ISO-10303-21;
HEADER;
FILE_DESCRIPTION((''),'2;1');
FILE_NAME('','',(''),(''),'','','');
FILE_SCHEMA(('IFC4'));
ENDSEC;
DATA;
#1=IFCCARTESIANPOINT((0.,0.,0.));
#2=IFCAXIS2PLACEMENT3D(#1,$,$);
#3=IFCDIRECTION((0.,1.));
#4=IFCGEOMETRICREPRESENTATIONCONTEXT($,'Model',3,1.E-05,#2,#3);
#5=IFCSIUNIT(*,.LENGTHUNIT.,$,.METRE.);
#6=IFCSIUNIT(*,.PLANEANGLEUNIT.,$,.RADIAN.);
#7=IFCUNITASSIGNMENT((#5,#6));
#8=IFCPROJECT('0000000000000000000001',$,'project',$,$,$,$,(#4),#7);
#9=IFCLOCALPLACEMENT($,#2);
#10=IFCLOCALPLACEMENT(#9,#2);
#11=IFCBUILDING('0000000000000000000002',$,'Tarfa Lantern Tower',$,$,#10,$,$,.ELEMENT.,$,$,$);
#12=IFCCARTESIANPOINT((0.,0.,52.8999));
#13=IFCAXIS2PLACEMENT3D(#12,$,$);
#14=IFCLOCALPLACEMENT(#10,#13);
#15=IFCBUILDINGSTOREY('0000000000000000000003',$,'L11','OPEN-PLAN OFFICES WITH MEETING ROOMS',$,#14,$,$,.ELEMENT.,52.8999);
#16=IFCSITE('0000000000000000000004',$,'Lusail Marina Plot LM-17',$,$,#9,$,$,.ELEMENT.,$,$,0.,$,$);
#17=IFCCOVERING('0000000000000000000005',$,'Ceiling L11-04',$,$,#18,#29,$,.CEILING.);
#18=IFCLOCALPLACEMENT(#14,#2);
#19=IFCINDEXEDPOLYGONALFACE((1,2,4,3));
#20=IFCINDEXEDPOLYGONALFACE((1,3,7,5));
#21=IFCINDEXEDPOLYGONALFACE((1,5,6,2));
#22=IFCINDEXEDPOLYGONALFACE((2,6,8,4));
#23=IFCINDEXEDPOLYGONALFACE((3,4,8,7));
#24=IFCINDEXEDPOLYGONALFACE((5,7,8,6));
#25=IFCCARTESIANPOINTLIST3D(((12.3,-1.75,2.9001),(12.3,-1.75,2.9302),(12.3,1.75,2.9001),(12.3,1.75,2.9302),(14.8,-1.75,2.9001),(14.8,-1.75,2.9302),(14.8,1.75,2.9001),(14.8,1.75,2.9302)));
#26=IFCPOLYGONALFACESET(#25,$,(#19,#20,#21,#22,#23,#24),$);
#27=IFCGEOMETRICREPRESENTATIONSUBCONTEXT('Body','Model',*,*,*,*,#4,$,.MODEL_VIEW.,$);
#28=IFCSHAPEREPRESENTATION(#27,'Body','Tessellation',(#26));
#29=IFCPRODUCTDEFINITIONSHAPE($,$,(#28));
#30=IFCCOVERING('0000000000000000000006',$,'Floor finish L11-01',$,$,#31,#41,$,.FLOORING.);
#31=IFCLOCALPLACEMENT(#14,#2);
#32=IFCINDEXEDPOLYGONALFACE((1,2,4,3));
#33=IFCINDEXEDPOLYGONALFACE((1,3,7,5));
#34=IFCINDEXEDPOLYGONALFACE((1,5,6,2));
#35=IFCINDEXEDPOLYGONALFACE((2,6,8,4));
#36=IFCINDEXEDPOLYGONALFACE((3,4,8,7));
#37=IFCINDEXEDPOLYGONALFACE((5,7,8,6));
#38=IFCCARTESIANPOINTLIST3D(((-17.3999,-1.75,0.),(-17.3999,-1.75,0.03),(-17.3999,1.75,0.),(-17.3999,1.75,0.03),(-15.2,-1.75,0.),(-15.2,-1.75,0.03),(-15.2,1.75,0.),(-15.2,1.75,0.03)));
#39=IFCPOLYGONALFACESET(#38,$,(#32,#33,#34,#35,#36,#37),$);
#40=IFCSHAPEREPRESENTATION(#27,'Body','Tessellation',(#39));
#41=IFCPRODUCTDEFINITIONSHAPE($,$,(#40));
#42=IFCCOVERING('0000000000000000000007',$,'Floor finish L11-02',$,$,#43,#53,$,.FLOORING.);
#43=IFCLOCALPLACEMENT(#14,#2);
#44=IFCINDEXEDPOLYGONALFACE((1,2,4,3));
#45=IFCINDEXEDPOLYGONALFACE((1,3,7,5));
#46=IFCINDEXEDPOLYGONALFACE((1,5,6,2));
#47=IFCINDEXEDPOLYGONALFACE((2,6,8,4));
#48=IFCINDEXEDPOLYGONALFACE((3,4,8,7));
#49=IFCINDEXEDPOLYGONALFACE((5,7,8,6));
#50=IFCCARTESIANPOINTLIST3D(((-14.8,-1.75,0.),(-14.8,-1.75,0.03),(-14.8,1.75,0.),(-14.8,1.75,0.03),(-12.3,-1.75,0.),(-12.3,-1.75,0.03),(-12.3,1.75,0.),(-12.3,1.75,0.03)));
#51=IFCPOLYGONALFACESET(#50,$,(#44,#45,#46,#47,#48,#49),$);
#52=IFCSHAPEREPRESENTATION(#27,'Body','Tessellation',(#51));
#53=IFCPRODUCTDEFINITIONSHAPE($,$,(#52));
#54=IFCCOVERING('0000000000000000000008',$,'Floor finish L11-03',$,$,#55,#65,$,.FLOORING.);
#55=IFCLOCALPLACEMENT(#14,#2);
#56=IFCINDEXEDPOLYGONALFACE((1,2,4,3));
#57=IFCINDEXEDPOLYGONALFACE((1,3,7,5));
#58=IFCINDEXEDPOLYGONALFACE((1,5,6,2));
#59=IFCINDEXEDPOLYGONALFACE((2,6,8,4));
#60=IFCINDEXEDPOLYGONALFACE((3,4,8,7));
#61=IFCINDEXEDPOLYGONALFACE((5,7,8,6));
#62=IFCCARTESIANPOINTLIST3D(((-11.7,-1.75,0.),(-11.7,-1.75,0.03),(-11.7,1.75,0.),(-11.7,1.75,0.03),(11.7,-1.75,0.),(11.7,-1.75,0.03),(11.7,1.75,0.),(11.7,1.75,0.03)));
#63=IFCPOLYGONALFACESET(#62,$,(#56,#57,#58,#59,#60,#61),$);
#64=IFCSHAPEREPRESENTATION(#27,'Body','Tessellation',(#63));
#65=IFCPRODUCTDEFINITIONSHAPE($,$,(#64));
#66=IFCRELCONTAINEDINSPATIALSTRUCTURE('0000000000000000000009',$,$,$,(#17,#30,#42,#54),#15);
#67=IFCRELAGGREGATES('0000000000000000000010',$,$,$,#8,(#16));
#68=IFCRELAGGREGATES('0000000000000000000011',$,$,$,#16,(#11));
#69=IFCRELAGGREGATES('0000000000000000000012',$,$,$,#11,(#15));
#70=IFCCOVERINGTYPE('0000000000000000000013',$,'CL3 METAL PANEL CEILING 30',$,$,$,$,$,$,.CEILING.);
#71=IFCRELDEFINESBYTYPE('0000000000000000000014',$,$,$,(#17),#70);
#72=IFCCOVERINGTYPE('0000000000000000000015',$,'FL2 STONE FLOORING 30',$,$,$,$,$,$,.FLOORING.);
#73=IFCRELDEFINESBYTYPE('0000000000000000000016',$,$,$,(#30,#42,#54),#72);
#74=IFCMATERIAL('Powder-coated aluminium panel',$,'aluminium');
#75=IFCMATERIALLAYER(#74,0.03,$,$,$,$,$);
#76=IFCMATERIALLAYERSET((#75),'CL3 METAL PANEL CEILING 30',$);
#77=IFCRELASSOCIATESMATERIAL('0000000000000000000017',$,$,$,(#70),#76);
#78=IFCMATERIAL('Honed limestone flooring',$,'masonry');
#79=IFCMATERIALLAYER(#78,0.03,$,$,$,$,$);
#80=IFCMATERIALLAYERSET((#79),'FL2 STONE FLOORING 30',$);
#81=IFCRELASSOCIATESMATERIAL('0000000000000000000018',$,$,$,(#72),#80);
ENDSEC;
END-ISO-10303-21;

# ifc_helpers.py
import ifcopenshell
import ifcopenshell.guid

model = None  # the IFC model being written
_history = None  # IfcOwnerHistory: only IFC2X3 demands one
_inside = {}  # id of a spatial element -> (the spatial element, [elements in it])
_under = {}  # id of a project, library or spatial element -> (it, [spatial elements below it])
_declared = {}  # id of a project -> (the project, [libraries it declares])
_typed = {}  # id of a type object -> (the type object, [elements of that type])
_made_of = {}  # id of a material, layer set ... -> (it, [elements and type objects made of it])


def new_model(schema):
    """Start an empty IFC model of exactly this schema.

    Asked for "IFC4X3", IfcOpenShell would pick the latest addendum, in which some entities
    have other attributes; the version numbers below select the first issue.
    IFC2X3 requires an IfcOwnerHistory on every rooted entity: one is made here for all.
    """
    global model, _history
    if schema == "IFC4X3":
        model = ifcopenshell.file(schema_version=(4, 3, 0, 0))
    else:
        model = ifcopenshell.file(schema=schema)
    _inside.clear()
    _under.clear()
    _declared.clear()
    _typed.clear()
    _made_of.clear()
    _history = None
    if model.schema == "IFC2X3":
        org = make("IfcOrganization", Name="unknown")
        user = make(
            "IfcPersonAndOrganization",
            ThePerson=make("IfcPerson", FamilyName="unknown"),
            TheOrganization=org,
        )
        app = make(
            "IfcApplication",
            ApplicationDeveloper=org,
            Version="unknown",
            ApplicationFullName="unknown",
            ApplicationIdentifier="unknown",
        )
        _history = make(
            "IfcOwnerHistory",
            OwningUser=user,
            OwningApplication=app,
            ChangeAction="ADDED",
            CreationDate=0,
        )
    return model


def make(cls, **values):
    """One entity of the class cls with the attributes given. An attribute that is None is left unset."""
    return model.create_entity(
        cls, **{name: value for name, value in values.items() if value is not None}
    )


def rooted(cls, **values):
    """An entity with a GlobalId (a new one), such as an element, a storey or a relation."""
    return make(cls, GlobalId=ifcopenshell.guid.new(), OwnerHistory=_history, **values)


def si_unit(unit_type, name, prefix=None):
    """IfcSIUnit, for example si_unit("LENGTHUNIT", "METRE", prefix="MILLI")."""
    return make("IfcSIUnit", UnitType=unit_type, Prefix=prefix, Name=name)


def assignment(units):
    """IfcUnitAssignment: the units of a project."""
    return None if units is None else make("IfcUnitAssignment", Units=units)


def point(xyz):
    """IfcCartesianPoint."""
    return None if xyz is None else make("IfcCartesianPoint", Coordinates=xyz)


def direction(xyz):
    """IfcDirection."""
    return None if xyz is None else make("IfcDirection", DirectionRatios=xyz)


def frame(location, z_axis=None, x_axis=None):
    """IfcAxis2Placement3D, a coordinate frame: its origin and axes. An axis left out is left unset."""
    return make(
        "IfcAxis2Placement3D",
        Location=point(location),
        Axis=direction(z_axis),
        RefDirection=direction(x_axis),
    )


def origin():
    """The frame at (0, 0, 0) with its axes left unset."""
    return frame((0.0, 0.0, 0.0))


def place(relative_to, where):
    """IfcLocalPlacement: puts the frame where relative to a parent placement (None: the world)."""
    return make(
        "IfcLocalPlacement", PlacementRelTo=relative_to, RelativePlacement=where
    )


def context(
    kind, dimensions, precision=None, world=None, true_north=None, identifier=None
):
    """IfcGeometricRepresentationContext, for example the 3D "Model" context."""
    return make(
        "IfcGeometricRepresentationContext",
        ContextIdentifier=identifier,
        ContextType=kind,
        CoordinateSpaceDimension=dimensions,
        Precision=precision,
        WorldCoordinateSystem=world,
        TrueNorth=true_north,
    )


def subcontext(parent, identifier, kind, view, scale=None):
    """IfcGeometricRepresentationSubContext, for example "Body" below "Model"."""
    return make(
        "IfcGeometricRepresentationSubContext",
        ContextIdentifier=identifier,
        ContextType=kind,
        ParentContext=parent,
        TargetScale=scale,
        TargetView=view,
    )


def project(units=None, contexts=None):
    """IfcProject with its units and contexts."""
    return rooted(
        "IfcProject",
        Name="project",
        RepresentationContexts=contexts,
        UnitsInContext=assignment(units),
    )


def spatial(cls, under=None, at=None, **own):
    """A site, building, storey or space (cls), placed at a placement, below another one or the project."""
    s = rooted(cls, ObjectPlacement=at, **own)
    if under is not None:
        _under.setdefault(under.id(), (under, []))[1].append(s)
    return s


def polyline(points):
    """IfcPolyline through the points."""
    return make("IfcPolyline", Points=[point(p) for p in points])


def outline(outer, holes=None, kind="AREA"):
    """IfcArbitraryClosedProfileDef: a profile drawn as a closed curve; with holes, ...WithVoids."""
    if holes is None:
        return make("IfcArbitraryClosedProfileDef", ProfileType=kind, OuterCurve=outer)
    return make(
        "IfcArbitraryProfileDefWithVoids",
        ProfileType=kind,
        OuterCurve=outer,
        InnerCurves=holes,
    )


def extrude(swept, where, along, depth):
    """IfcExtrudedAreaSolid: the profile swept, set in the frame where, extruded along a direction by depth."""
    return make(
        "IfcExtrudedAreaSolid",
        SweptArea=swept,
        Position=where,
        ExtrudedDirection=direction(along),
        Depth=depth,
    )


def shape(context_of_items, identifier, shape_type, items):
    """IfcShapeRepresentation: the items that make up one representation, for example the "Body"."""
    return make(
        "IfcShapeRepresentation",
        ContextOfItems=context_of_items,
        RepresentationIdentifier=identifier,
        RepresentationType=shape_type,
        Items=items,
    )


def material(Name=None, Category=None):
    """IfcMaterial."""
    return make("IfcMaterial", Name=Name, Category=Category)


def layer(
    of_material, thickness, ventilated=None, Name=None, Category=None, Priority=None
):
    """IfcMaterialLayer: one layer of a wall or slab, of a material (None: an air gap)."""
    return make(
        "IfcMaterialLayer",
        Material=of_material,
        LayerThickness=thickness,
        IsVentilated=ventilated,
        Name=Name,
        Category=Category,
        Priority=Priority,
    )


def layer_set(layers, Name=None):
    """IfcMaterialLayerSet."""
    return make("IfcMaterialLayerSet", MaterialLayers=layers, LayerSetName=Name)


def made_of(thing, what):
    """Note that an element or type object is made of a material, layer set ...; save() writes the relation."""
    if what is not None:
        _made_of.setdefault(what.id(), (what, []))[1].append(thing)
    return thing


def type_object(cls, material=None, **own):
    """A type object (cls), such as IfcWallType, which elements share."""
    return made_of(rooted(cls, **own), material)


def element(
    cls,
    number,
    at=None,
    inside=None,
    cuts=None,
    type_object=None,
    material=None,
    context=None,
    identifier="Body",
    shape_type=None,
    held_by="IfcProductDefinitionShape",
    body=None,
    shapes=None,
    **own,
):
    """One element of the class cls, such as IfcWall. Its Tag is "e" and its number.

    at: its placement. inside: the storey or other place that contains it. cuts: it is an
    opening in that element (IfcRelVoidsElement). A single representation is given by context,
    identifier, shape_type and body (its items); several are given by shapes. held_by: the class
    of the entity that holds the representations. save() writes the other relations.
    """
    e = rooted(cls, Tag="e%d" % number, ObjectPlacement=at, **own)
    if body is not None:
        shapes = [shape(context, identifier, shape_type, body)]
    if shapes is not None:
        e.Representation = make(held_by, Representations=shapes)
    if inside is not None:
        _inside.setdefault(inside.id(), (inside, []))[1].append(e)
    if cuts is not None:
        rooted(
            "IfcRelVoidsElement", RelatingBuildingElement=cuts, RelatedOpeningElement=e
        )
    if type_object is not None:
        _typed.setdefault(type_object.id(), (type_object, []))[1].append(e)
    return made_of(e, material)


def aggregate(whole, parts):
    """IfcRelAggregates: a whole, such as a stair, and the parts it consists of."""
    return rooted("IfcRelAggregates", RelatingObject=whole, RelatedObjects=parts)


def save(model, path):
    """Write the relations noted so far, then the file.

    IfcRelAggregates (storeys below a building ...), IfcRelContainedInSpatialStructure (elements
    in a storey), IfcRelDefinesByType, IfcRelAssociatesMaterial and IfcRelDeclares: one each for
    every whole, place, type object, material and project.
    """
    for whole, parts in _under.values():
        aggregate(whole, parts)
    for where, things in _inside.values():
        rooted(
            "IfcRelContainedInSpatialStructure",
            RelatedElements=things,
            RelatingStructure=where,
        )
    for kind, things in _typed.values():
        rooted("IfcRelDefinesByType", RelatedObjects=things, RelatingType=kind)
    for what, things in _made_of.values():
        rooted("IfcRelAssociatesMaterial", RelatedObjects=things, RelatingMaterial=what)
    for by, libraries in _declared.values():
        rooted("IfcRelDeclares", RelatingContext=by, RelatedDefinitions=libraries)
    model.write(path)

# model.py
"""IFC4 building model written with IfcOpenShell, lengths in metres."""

from ifc_helpers import new_model, si_unit, direction, frame, origin, place, context, subcontext, project, spatial, polyline, outline, extrude, material, layer, layer_set, type_object, element, save


model = new_model("IFC4")

# Units and contexts
model_context = context("Model", 3, precision=1e-05, world=origin(), true_north=direction((0.0, 1.0)))
body_context = subcontext(model_context, "Body", "Model", "MODEL_VIEW")
ifc_project = project(units=[si_unit("LENGTHUNIT", "METRE"), si_unit("PLANEANGLEUNIT", "RADIAN")], contexts=[model_context])

# Site, building, storey
site_placement = place(None, origin())
site = spatial("IfcSite", under=ifc_project, at=site_placement, Name="Lusail Marina Plot LM-17", CompositionType="ELEMENT", RefElevation=0.0)
building_placement = place(site_placement, origin())
building = spatial("IfcBuilding", under=site, at=building_placement, Name="Tarfa Lantern Tower", CompositionType="ELEMENT")
storey_placement = place(building_placement, frame((0.0, 0.0, 52.8999)))
storey = spatial("IfcBuildingStorey", under=building, at=storey_placement, Name="L11", Description="OPEN-PLAN OFFICES WITH MEETING ROOMS", CompositionType="ELEMENT", Elevation=52.8999)

# Coverings
ifc_material_1 = material(Name="Powder-coated aluminium panel", Category="aluminium")
ifc_layer_1 = layer(ifc_material_1, 0.03)
ifc_layer_set_1 = layer_set([ifc_layer_1], Name="CL3 METAL PANEL CEILING 30")
covering_type_1 = type_object("IfcCoveringType", Name="CL3 METAL PANEL CEILING 30", PredefinedType="CEILING", material=ifc_layer_set_1)
covering_1_placement = place(storey_placement, frame((0.0, 0.0, 2.9001)))
element("IfcCovering", 1, at=covering_1_placement, inside=storey, type_object=covering_type_1, Name="Ceiling L11-04", PredefinedType="CEILING", context=body_context, shape_type="SweptSolid", body=[
    extrude(outline(polyline([(12.3, -1.75), (14.8, -1.75), (14.8, 1.75), (12.3, 1.75), (12.3, -1.75)])), origin(), (0.0, 0.0, 1.0), 0.03),
])
ifc_material_2 = material(Name="Honed limestone flooring", Category="masonry")
ifc_layer_2 = layer(ifc_material_2, 0.03)
ifc_layer_set_2 = layer_set([ifc_layer_2], Name="FL2 STONE FLOORING 30")
covering_type_2 = type_object("IfcCoveringType", Name="FL2 STONE FLOORING 30", PredefinedType="FLOORING", material=ifc_layer_set_2)
covering_2_placement = place(storey_placement, origin())
element("IfcCovering", 2, at=covering_2_placement, inside=storey, type_object=covering_type_2, Name="Floor finish L11-01", PredefinedType="FLOORING", context=body_context, shape_type="SweptSolid", body=[
    extrude(outline(polyline([(-17.3999, -1.75), (-15.2, -1.75), (-15.2, 1.75), (-17.3999, 1.75), (-17.3999, -1.75)])), origin(), (0.0, 0.0, 1.0), 0.03),
])
covering_3_placement = place(storey_placement, origin())
element("IfcCovering", 3, at=covering_3_placement, inside=storey, type_object=covering_type_2, Name="Floor finish L11-02", PredefinedType="FLOORING", context=body_context, shape_type="SweptSolid", body=[
    extrude(outline(polyline([(-14.8, -1.75), (-12.3, -1.75), (-12.3, 1.75), (-14.8, 1.75), (-14.8, -1.75)])), origin(), (0.0, 0.0, 1.0), 0.03),
])
covering_4_placement = place(storey_placement, origin())
element("IfcCovering", 4, at=covering_4_placement, inside=storey, type_object=covering_type_2, Name="Floor finish L11-03", PredefinedType="FLOORING", context=body_context, shape_type="SweptSolid", body=[
    extrude(outline(polyline([(-11.7, -1.75), (11.7, -1.75), (11.7, 1.75), (-11.7, 1.75), (-11.7, -1.75)])), origin(), (0.0, 0.0, 1.0), 0.03),
])

save(model, "model.ifc")
